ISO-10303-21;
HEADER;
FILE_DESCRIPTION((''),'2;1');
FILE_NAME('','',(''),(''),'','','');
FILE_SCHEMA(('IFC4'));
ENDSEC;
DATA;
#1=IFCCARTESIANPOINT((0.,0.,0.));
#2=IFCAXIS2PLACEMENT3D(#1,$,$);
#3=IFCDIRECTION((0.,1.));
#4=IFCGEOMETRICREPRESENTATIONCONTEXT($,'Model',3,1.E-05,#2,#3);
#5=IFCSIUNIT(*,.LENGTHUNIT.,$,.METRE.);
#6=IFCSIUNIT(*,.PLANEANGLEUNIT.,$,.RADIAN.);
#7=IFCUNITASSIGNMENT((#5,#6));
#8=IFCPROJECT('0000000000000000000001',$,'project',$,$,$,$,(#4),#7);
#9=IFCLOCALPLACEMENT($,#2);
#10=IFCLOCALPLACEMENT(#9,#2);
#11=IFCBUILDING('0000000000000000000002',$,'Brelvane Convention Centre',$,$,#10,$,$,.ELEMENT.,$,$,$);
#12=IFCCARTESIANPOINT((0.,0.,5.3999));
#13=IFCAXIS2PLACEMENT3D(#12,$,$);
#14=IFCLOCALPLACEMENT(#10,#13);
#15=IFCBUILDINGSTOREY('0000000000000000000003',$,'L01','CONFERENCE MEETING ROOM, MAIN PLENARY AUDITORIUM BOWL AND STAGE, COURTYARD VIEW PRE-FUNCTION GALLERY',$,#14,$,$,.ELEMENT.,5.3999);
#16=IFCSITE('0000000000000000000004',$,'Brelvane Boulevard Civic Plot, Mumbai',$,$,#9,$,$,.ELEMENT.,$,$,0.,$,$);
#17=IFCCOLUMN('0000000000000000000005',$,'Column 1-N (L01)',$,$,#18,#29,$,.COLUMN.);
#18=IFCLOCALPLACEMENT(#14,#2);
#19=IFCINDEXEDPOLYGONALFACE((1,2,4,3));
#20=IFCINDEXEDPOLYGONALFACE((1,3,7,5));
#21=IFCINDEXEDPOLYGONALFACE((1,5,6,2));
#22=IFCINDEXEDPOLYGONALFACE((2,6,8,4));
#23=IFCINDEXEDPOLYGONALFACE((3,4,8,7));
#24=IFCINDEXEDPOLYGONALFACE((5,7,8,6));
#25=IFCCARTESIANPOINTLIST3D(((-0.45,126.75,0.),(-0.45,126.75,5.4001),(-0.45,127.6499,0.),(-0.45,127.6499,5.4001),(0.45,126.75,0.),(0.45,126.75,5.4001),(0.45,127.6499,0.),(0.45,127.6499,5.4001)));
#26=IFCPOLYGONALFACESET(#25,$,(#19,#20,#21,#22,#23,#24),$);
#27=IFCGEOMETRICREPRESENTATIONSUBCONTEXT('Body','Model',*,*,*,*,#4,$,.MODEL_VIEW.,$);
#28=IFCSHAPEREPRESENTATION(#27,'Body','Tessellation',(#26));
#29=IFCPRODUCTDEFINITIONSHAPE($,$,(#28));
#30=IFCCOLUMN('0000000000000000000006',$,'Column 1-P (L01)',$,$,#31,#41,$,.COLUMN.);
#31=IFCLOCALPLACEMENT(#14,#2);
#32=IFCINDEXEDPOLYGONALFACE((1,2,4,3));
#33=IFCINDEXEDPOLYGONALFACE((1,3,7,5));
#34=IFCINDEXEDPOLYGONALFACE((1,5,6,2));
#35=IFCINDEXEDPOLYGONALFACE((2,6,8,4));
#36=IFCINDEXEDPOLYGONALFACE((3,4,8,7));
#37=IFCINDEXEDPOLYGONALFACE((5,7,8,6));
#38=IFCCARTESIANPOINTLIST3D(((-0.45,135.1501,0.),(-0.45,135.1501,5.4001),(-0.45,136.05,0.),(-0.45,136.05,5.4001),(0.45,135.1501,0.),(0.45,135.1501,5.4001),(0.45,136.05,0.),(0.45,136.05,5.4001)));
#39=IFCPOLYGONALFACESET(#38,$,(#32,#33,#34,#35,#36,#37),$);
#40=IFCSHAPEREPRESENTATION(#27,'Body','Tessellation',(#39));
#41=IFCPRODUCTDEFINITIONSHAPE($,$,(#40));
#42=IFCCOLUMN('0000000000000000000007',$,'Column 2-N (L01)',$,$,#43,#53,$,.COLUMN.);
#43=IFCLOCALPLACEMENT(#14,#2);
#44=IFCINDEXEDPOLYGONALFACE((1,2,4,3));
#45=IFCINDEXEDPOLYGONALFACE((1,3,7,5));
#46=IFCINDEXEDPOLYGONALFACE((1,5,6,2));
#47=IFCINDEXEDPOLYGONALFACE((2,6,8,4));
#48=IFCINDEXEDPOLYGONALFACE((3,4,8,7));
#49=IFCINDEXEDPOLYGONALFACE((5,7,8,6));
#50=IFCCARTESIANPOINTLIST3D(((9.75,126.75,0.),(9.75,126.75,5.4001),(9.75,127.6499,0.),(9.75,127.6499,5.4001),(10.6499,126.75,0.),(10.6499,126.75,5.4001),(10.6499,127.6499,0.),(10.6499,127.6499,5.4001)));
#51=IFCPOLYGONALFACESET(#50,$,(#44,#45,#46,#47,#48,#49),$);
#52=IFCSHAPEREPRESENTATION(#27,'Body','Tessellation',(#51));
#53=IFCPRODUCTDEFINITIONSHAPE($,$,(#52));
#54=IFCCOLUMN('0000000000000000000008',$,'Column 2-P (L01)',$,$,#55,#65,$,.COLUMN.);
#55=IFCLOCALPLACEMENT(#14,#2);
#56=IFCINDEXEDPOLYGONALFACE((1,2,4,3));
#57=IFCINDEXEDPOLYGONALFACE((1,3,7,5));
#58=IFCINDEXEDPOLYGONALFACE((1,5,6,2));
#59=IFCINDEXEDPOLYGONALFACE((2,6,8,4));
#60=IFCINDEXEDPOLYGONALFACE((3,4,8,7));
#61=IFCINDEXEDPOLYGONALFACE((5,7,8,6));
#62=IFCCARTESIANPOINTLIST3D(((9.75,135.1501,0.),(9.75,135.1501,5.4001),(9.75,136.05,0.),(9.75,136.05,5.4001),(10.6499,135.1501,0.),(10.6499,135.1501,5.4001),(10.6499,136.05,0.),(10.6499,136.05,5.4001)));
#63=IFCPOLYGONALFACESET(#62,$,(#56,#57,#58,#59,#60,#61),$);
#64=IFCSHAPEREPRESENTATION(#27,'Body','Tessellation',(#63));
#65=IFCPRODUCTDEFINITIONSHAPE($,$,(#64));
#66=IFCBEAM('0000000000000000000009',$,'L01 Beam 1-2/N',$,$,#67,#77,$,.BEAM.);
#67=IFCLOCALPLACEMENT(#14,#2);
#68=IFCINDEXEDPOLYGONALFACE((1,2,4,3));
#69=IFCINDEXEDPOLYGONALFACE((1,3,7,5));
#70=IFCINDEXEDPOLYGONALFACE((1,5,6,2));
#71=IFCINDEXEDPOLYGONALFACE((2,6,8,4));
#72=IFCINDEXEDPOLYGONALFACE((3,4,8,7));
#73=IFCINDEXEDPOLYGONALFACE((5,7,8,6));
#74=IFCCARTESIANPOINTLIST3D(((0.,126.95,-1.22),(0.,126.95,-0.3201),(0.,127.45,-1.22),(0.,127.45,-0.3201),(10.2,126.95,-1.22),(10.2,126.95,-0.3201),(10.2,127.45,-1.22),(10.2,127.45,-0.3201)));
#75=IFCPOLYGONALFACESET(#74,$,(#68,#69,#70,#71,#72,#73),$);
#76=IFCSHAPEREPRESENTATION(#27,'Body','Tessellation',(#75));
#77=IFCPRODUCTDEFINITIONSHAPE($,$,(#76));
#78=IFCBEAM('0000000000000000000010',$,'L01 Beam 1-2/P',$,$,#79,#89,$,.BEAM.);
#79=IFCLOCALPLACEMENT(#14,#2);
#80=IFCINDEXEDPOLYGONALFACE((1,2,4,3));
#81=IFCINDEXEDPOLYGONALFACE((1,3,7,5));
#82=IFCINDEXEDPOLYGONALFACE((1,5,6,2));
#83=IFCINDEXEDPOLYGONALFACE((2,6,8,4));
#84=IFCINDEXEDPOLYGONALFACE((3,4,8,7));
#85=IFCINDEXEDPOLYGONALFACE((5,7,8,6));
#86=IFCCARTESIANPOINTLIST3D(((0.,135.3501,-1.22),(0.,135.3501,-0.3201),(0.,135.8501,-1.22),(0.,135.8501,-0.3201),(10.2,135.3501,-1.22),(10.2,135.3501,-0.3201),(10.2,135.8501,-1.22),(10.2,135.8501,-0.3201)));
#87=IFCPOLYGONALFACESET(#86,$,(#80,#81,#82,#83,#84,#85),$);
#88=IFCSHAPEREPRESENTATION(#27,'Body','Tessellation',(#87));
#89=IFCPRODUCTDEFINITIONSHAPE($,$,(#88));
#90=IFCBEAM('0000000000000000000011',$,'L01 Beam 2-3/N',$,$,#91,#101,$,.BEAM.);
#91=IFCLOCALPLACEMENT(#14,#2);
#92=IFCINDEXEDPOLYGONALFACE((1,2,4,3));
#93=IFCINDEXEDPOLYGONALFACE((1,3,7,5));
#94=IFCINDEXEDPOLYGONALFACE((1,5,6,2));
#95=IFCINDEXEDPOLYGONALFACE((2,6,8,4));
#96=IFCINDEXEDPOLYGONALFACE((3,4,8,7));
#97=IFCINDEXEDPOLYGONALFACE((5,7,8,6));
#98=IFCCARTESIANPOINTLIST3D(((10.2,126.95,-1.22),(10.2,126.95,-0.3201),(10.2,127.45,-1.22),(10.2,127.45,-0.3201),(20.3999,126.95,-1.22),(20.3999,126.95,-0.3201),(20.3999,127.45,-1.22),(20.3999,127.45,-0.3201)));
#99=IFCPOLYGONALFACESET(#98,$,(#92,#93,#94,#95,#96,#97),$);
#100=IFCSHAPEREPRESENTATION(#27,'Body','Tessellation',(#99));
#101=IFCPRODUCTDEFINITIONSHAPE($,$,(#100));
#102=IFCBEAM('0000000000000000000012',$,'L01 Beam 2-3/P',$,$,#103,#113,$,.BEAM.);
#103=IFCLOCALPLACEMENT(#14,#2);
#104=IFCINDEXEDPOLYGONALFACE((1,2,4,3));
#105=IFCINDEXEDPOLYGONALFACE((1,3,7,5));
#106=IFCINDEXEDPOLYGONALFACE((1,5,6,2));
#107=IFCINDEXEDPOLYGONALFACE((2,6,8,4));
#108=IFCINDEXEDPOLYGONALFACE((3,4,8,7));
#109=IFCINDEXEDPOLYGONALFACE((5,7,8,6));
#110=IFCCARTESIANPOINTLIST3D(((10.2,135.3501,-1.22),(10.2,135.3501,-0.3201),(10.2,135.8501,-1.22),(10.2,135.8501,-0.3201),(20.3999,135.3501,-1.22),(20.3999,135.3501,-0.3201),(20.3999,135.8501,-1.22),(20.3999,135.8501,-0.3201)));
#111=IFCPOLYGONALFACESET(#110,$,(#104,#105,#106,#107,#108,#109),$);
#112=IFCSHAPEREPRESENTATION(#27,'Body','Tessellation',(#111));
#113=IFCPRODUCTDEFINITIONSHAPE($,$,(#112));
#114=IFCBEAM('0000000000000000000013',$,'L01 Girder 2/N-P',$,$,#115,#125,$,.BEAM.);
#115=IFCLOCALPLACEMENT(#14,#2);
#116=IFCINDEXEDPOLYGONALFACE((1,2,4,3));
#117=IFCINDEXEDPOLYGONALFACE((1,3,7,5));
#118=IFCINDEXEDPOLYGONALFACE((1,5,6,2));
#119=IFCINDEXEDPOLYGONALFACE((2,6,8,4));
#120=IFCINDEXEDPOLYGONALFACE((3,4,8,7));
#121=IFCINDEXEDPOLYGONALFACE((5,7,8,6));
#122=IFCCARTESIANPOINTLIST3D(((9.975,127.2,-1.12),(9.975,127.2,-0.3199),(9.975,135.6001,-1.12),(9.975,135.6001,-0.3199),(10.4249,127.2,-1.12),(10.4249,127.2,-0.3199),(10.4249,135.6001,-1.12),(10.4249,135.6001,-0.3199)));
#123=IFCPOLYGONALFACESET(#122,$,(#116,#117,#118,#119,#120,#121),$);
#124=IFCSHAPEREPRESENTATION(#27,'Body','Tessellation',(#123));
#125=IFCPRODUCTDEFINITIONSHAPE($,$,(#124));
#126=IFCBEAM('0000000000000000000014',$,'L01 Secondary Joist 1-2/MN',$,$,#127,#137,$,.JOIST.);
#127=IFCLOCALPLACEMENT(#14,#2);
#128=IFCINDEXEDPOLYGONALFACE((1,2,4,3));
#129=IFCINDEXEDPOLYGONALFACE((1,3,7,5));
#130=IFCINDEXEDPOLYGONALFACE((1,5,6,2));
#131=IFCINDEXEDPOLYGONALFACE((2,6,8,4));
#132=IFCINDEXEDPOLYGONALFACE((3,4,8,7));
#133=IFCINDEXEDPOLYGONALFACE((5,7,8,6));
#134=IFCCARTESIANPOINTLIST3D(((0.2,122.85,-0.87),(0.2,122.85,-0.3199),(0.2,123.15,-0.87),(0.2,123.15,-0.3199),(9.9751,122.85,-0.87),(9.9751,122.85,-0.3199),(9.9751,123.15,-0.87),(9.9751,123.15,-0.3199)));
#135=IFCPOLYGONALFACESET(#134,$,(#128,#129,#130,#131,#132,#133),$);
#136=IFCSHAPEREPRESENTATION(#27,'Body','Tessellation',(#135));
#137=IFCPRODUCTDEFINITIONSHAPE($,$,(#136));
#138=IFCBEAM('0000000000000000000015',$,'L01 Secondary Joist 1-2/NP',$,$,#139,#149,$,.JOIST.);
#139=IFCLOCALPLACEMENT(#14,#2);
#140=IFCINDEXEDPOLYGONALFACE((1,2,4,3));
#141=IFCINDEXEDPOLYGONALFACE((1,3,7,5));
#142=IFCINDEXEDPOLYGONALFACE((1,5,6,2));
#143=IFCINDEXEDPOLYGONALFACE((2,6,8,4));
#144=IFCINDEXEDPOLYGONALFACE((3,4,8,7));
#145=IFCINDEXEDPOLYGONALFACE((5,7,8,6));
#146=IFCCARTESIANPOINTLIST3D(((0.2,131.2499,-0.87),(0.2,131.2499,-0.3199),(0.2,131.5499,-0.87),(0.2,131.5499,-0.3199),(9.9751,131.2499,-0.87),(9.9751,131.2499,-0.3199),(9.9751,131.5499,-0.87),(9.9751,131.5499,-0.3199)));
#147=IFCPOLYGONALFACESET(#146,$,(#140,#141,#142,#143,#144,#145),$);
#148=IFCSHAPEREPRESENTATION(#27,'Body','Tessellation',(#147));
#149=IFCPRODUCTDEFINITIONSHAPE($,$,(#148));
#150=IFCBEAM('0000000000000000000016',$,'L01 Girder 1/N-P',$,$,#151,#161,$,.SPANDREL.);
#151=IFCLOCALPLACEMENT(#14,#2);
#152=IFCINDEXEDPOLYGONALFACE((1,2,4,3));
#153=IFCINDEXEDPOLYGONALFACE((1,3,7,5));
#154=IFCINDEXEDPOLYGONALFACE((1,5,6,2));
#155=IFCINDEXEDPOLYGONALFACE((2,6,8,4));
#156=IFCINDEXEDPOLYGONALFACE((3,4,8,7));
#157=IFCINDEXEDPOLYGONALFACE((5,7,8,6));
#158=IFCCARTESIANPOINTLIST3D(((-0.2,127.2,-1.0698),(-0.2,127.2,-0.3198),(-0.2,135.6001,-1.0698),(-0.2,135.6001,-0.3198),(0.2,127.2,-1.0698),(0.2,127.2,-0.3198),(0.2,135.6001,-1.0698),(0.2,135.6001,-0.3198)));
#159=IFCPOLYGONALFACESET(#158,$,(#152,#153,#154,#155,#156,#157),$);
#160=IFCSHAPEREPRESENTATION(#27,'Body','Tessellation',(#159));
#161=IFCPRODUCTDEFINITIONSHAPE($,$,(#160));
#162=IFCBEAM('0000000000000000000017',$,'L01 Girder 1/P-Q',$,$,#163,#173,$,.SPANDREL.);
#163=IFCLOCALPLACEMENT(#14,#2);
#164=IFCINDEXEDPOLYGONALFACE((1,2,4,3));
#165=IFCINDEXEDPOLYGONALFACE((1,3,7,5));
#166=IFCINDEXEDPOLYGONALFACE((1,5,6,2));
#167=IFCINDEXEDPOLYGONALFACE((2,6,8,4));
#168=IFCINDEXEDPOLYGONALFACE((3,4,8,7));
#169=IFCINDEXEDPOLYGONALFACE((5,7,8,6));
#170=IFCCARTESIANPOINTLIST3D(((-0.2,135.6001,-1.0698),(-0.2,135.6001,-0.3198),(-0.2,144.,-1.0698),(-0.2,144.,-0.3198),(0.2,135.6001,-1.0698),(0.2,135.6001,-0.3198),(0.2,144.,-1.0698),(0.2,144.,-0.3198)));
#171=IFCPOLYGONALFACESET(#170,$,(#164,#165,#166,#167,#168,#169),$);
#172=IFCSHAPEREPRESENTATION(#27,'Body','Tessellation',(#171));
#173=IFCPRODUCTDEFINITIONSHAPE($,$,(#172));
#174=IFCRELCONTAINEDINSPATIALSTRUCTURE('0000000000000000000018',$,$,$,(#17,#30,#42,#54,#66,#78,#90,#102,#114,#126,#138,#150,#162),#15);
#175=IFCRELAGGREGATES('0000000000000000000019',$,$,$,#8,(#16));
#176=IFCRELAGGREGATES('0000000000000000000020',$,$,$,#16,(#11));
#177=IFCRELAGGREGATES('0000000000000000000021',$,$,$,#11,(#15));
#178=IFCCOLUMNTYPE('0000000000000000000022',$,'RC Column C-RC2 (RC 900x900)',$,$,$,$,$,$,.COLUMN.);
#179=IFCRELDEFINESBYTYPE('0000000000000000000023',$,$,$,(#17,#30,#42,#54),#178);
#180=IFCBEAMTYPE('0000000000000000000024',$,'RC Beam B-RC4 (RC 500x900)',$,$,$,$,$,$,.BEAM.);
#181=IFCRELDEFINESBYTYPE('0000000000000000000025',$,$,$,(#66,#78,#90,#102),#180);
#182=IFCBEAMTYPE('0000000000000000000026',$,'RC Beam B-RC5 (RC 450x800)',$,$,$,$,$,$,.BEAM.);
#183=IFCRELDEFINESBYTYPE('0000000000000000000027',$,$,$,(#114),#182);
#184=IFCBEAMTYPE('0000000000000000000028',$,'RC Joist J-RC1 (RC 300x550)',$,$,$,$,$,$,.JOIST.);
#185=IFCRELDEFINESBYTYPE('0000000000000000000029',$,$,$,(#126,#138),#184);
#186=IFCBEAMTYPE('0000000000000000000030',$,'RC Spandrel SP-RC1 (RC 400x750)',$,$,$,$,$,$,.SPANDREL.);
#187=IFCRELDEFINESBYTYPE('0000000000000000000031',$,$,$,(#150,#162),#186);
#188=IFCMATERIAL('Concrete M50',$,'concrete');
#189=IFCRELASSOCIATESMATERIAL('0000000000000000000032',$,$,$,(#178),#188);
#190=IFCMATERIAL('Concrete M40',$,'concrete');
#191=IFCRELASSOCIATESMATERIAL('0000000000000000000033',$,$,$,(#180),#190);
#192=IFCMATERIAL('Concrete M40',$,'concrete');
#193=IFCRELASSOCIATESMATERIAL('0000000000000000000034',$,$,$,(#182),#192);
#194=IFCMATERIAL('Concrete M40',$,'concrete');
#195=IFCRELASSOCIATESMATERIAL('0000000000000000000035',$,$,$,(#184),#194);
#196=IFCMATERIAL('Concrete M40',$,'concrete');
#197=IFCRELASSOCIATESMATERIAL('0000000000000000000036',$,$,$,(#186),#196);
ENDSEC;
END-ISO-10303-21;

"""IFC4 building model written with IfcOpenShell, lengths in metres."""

from ifc_helpers import new_model, si_unit, direction, frame, origin, origin_2d, place, context, subcontext, project, spatial, rectangle, extrude, material, material_profile, profile_set, type_object, element, save


model = new_model("IFC4")

# Units and contexts
model_context = context("Model", 3, precision=1e-05, world=origin(), true_north=direction((0.0, 1.0)))
body_context = subcontext(model_context, "Body", "Model", "MODEL_VIEW")
ifc_project = project(units=[si_unit("LENGTHUNIT", "METRE"), si_unit("PLANEANGLEUNIT", "RADIAN")], contexts=[model_context])

# Site, building, storey
site_placement = place(None, origin())
site = spatial("IfcSite", under=ifc_project, at=site_placement, Name="Brelvane Boulevard Civic Plot, Mumbai", CompositionType="ELEMENT", RefElevation=0.0)
building_placement = place(site_placement, origin())
building = spatial("IfcBuilding", under=site, at=building_placement, Name="Brelvane Convention Centre", CompositionType="ELEMENT")
storey_placement = place(building_placement, frame((0.0, 0.0, 5.3999)))
storey = spatial("IfcBuildingStorey", under=building, at=storey_placement, Name="L01", Description="CONFERENCE MEETING ROOM, MAIN PLENARY AUDITORIUM BOWL AND STAGE, COURTYARD VIEW PRE-FUNCTION GALLERY", CompositionType="ELEMENT", Elevation=5.3999)

# Columns
ifc_material_1 = material(Name="Concrete M50", Category="concrete")
ifc_material_profile_1 = material_profile(ifc_material_1, rectangle(XDim=0.8999, YDim=0.8999, at=origin_2d()), Name="RC 900x900")
ifc_profile_set_1 = profile_set([ifc_material_profile_1], Name="Concrete M50")
column_type = type_object("IfcColumnType", Name="RC Column C-RC2 (RC 900x900)", PredefinedType="COLUMN", material=ifc_profile_set_1)
for number, where, z_axis, x_axis, name in (
    (1, (0.0, 127.2, 0.0), (0.0, 0.0, 1.0), (1.0, 0.0, 0.0), "Column 1-N (L01)"),
    (2, (0.0, 135.6001, 0.0), (0.0, 0.0, 1.0), (1.0, 0.0, 0.0), "Column 1-P (L01)"),
    (3, (10.2, 127.2, 0.0), (0.0, 0.0, 1.0), (1.0, 0.0, 0.0), "Column 2-N (L01)"),
    (4, (10.2, 135.6001, 0.0), (0.0, 0.0, 1.0), (1.0, 0.0, 0.0), "Column 2-P (L01)"),
):
    element("IfcColumn", number, at=place(storey_placement, frame(where, z_axis=z_axis, x_axis=x_axis)), inside=storey, type_object=column_type, Name=name, PredefinedType="COLUMN", context=body_context, shape_type="SweptSolid", body=[
        extrude(rectangle(XDim=0.8999, YDim=0.8999, at=origin_2d()), origin(), (0.0, 0.0, 1.0), 5.4001),
    ])

# Beams
ifc_material_2 = material(Name="Concrete M40", Category="concrete")
ifc_material_profile_2 = material_profile(ifc_material_2, rectangle(XDim=0.5, YDim=0.8999, at=origin_2d()), Name="RC 500x900")
ifc_profile_set_2 = profile_set([ifc_material_profile_2], Name="Concrete M40")
beam_type_1 = type_object("IfcBeamType", Name="RC Beam B-RC4 (RC 500x900)", PredefinedType="BEAM", material=ifc_profile_set_2)
for number, where, z_axis, x_axis, name in (
    (5, (0.0, 127.2, -0.77), (1.0, 0.0, 0.0), (0.0, 1.0, 0.0), "L01 Beam 1-2/N"),
    (6, (0.0, 135.6001, -0.77), (1.0, 0.0, 0.0), (0.0, 1.0, 0.0), "L01 Beam 1-2/P"),
    (7, (10.2, 127.2, -0.77), (1.0, 0.0, 0.0), (0.0, 1.0, 0.0), "L01 Beam 2-3/N"),
    (8, (10.2, 135.6001, -0.77), (1.0, 0.0, 0.0), (0.0, 1.0, 0.0), "L01 Beam 2-3/P"),
):
    element("IfcBeam", number, at=place(storey_placement, frame(where, z_axis=z_axis, x_axis=x_axis)), inside=storey, type_object=beam_type_1, Name=name, PredefinedType="BEAM", context=body_context, shape_type="SweptSolid", body=[
        extrude(rectangle(XDim=0.5, YDim=0.8999, at=origin_2d()), origin(), (0.0, 0.0, 1.0), 10.2),
    ])
ifc_material_3 = material(Name="Concrete M40", Category="concrete")
ifc_material_profile_3 = material_profile(ifc_material_3, rectangle(XDim=0.45, YDim=0.8, at=origin_2d()), Name="RC 450x800")
ifc_profile_set_3 = profile_set([ifc_material_profile_3], Name="Concrete M40")
beam_type_2 = type_object("IfcBeamType", Name="RC Beam B-RC5 (RC 450x800)", PredefinedType="BEAM", material=ifc_profile_set_3)
beam_1_placement = place(storey_placement, frame((10.2, 127.2, -0.72), z_axis=(0.0, 1.0, 0.0), x_axis=(-1.0, 0.0, 0.0)))
element("IfcBeam", 9, at=beam_1_placement, inside=storey, type_object=beam_type_2, Name="L01 Girder 2/N-P", PredefinedType="BEAM", context=body_context, shape_type="SweptSolid", body=[
    extrude(rectangle(XDim=0.45, YDim=0.8, at=origin_2d()), origin(), (0.0, 0.0, 1.0), 8.4001),
])
ifc_material_4 = material(Name="Concrete M40", Category="concrete")
ifc_material_profile_4 = material_profile(ifc_material_4, rectangle(XDim=0.3, YDim=0.55, at=origin_2d()), Name="RC 300x550")
ifc_profile_set_4 = profile_set([ifc_material_profile_4], Name="Concrete M40")
beam_type_3 = type_object("IfcBeamType", Name="RC Joist J-RC1 (RC 300x550)", PredefinedType="JOIST", material=ifc_profile_set_4)
for number, where, z_axis, x_axis, name in (
    (10, (0.2, 123.0, -0.595), (1.0, 0.0, 0.0), (0.0, 1.0, 0.0), "L01 Secondary Joist 1-2/MN"),
    (11, (0.2, 131.3999, -0.595), (1.0, 0.0, 0.0), (0.0, 1.0, 0.0), "L01 Secondary Joist 1-2/NP"),
):
    element("IfcBeam", number, at=place(storey_placement, frame(where, z_axis=z_axis, x_axis=x_axis)), inside=storey, type_object=beam_type_3, Name=name, PredefinedType="JOIST", context=body_context, shape_type="SweptSolid", body=[
        extrude(rectangle(XDim=0.3, YDim=0.55, at=origin_2d()), origin(), (0.0, 0.0, 1.0), 9.7751),
    ])
ifc_material_5 = material(Name="Concrete M40", Category="concrete")
ifc_material_profile_5 = material_profile(ifc_material_5, rectangle(XDim=0.3999, YDim=0.75, at=origin_2d()), Name="RC 400x750")
ifc_profile_set_5 = profile_set([ifc_material_profile_5], Name="Concrete M40")
beam_type_4 = type_object("IfcBeamType", Name="RC Spandrel SP-RC1 (RC 400x750)", PredefinedType="SPANDREL", material=ifc_profile_set_5)
beam_2_placement = place(storey_placement, frame((0.0, 127.2, -0.6948), z_axis=(0.0, 1.0, 0.0), x_axis=(-1.0, 0.0, 0.0)))
element("IfcBeam", 12, at=beam_2_placement, inside=storey, type_object=beam_type_4, Name="L01 Girder 1/N-P", PredefinedType="SPANDREL", context=body_context, shape_type="SweptSolid", body=[
    extrude(rectangle(XDim=0.3999, YDim=0.75, at=origin_2d()), origin(), (0.0, 0.0, 1.0), 8.4001),
])
beam_3_placement = place(storey_placement, frame((0.0, 135.6001, -0.6948), z_axis=(0.0, 1.0, 0.0), x_axis=(-1.0, 0.0, 0.0)))
element("IfcBeam", 13, at=beam_3_placement, inside=storey, type_object=beam_type_4, Name="L01 Girder 1/P-Q", PredefinedType="SPANDREL", context=body_context, shape_type="SweptSolid", body=[
    extrude(rectangle(XDim=0.3999, YDim=0.75, at=origin_2d()), origin(), (0.0, 0.0, 1.0), 8.3999),
])

save(model, "model.ifc")
